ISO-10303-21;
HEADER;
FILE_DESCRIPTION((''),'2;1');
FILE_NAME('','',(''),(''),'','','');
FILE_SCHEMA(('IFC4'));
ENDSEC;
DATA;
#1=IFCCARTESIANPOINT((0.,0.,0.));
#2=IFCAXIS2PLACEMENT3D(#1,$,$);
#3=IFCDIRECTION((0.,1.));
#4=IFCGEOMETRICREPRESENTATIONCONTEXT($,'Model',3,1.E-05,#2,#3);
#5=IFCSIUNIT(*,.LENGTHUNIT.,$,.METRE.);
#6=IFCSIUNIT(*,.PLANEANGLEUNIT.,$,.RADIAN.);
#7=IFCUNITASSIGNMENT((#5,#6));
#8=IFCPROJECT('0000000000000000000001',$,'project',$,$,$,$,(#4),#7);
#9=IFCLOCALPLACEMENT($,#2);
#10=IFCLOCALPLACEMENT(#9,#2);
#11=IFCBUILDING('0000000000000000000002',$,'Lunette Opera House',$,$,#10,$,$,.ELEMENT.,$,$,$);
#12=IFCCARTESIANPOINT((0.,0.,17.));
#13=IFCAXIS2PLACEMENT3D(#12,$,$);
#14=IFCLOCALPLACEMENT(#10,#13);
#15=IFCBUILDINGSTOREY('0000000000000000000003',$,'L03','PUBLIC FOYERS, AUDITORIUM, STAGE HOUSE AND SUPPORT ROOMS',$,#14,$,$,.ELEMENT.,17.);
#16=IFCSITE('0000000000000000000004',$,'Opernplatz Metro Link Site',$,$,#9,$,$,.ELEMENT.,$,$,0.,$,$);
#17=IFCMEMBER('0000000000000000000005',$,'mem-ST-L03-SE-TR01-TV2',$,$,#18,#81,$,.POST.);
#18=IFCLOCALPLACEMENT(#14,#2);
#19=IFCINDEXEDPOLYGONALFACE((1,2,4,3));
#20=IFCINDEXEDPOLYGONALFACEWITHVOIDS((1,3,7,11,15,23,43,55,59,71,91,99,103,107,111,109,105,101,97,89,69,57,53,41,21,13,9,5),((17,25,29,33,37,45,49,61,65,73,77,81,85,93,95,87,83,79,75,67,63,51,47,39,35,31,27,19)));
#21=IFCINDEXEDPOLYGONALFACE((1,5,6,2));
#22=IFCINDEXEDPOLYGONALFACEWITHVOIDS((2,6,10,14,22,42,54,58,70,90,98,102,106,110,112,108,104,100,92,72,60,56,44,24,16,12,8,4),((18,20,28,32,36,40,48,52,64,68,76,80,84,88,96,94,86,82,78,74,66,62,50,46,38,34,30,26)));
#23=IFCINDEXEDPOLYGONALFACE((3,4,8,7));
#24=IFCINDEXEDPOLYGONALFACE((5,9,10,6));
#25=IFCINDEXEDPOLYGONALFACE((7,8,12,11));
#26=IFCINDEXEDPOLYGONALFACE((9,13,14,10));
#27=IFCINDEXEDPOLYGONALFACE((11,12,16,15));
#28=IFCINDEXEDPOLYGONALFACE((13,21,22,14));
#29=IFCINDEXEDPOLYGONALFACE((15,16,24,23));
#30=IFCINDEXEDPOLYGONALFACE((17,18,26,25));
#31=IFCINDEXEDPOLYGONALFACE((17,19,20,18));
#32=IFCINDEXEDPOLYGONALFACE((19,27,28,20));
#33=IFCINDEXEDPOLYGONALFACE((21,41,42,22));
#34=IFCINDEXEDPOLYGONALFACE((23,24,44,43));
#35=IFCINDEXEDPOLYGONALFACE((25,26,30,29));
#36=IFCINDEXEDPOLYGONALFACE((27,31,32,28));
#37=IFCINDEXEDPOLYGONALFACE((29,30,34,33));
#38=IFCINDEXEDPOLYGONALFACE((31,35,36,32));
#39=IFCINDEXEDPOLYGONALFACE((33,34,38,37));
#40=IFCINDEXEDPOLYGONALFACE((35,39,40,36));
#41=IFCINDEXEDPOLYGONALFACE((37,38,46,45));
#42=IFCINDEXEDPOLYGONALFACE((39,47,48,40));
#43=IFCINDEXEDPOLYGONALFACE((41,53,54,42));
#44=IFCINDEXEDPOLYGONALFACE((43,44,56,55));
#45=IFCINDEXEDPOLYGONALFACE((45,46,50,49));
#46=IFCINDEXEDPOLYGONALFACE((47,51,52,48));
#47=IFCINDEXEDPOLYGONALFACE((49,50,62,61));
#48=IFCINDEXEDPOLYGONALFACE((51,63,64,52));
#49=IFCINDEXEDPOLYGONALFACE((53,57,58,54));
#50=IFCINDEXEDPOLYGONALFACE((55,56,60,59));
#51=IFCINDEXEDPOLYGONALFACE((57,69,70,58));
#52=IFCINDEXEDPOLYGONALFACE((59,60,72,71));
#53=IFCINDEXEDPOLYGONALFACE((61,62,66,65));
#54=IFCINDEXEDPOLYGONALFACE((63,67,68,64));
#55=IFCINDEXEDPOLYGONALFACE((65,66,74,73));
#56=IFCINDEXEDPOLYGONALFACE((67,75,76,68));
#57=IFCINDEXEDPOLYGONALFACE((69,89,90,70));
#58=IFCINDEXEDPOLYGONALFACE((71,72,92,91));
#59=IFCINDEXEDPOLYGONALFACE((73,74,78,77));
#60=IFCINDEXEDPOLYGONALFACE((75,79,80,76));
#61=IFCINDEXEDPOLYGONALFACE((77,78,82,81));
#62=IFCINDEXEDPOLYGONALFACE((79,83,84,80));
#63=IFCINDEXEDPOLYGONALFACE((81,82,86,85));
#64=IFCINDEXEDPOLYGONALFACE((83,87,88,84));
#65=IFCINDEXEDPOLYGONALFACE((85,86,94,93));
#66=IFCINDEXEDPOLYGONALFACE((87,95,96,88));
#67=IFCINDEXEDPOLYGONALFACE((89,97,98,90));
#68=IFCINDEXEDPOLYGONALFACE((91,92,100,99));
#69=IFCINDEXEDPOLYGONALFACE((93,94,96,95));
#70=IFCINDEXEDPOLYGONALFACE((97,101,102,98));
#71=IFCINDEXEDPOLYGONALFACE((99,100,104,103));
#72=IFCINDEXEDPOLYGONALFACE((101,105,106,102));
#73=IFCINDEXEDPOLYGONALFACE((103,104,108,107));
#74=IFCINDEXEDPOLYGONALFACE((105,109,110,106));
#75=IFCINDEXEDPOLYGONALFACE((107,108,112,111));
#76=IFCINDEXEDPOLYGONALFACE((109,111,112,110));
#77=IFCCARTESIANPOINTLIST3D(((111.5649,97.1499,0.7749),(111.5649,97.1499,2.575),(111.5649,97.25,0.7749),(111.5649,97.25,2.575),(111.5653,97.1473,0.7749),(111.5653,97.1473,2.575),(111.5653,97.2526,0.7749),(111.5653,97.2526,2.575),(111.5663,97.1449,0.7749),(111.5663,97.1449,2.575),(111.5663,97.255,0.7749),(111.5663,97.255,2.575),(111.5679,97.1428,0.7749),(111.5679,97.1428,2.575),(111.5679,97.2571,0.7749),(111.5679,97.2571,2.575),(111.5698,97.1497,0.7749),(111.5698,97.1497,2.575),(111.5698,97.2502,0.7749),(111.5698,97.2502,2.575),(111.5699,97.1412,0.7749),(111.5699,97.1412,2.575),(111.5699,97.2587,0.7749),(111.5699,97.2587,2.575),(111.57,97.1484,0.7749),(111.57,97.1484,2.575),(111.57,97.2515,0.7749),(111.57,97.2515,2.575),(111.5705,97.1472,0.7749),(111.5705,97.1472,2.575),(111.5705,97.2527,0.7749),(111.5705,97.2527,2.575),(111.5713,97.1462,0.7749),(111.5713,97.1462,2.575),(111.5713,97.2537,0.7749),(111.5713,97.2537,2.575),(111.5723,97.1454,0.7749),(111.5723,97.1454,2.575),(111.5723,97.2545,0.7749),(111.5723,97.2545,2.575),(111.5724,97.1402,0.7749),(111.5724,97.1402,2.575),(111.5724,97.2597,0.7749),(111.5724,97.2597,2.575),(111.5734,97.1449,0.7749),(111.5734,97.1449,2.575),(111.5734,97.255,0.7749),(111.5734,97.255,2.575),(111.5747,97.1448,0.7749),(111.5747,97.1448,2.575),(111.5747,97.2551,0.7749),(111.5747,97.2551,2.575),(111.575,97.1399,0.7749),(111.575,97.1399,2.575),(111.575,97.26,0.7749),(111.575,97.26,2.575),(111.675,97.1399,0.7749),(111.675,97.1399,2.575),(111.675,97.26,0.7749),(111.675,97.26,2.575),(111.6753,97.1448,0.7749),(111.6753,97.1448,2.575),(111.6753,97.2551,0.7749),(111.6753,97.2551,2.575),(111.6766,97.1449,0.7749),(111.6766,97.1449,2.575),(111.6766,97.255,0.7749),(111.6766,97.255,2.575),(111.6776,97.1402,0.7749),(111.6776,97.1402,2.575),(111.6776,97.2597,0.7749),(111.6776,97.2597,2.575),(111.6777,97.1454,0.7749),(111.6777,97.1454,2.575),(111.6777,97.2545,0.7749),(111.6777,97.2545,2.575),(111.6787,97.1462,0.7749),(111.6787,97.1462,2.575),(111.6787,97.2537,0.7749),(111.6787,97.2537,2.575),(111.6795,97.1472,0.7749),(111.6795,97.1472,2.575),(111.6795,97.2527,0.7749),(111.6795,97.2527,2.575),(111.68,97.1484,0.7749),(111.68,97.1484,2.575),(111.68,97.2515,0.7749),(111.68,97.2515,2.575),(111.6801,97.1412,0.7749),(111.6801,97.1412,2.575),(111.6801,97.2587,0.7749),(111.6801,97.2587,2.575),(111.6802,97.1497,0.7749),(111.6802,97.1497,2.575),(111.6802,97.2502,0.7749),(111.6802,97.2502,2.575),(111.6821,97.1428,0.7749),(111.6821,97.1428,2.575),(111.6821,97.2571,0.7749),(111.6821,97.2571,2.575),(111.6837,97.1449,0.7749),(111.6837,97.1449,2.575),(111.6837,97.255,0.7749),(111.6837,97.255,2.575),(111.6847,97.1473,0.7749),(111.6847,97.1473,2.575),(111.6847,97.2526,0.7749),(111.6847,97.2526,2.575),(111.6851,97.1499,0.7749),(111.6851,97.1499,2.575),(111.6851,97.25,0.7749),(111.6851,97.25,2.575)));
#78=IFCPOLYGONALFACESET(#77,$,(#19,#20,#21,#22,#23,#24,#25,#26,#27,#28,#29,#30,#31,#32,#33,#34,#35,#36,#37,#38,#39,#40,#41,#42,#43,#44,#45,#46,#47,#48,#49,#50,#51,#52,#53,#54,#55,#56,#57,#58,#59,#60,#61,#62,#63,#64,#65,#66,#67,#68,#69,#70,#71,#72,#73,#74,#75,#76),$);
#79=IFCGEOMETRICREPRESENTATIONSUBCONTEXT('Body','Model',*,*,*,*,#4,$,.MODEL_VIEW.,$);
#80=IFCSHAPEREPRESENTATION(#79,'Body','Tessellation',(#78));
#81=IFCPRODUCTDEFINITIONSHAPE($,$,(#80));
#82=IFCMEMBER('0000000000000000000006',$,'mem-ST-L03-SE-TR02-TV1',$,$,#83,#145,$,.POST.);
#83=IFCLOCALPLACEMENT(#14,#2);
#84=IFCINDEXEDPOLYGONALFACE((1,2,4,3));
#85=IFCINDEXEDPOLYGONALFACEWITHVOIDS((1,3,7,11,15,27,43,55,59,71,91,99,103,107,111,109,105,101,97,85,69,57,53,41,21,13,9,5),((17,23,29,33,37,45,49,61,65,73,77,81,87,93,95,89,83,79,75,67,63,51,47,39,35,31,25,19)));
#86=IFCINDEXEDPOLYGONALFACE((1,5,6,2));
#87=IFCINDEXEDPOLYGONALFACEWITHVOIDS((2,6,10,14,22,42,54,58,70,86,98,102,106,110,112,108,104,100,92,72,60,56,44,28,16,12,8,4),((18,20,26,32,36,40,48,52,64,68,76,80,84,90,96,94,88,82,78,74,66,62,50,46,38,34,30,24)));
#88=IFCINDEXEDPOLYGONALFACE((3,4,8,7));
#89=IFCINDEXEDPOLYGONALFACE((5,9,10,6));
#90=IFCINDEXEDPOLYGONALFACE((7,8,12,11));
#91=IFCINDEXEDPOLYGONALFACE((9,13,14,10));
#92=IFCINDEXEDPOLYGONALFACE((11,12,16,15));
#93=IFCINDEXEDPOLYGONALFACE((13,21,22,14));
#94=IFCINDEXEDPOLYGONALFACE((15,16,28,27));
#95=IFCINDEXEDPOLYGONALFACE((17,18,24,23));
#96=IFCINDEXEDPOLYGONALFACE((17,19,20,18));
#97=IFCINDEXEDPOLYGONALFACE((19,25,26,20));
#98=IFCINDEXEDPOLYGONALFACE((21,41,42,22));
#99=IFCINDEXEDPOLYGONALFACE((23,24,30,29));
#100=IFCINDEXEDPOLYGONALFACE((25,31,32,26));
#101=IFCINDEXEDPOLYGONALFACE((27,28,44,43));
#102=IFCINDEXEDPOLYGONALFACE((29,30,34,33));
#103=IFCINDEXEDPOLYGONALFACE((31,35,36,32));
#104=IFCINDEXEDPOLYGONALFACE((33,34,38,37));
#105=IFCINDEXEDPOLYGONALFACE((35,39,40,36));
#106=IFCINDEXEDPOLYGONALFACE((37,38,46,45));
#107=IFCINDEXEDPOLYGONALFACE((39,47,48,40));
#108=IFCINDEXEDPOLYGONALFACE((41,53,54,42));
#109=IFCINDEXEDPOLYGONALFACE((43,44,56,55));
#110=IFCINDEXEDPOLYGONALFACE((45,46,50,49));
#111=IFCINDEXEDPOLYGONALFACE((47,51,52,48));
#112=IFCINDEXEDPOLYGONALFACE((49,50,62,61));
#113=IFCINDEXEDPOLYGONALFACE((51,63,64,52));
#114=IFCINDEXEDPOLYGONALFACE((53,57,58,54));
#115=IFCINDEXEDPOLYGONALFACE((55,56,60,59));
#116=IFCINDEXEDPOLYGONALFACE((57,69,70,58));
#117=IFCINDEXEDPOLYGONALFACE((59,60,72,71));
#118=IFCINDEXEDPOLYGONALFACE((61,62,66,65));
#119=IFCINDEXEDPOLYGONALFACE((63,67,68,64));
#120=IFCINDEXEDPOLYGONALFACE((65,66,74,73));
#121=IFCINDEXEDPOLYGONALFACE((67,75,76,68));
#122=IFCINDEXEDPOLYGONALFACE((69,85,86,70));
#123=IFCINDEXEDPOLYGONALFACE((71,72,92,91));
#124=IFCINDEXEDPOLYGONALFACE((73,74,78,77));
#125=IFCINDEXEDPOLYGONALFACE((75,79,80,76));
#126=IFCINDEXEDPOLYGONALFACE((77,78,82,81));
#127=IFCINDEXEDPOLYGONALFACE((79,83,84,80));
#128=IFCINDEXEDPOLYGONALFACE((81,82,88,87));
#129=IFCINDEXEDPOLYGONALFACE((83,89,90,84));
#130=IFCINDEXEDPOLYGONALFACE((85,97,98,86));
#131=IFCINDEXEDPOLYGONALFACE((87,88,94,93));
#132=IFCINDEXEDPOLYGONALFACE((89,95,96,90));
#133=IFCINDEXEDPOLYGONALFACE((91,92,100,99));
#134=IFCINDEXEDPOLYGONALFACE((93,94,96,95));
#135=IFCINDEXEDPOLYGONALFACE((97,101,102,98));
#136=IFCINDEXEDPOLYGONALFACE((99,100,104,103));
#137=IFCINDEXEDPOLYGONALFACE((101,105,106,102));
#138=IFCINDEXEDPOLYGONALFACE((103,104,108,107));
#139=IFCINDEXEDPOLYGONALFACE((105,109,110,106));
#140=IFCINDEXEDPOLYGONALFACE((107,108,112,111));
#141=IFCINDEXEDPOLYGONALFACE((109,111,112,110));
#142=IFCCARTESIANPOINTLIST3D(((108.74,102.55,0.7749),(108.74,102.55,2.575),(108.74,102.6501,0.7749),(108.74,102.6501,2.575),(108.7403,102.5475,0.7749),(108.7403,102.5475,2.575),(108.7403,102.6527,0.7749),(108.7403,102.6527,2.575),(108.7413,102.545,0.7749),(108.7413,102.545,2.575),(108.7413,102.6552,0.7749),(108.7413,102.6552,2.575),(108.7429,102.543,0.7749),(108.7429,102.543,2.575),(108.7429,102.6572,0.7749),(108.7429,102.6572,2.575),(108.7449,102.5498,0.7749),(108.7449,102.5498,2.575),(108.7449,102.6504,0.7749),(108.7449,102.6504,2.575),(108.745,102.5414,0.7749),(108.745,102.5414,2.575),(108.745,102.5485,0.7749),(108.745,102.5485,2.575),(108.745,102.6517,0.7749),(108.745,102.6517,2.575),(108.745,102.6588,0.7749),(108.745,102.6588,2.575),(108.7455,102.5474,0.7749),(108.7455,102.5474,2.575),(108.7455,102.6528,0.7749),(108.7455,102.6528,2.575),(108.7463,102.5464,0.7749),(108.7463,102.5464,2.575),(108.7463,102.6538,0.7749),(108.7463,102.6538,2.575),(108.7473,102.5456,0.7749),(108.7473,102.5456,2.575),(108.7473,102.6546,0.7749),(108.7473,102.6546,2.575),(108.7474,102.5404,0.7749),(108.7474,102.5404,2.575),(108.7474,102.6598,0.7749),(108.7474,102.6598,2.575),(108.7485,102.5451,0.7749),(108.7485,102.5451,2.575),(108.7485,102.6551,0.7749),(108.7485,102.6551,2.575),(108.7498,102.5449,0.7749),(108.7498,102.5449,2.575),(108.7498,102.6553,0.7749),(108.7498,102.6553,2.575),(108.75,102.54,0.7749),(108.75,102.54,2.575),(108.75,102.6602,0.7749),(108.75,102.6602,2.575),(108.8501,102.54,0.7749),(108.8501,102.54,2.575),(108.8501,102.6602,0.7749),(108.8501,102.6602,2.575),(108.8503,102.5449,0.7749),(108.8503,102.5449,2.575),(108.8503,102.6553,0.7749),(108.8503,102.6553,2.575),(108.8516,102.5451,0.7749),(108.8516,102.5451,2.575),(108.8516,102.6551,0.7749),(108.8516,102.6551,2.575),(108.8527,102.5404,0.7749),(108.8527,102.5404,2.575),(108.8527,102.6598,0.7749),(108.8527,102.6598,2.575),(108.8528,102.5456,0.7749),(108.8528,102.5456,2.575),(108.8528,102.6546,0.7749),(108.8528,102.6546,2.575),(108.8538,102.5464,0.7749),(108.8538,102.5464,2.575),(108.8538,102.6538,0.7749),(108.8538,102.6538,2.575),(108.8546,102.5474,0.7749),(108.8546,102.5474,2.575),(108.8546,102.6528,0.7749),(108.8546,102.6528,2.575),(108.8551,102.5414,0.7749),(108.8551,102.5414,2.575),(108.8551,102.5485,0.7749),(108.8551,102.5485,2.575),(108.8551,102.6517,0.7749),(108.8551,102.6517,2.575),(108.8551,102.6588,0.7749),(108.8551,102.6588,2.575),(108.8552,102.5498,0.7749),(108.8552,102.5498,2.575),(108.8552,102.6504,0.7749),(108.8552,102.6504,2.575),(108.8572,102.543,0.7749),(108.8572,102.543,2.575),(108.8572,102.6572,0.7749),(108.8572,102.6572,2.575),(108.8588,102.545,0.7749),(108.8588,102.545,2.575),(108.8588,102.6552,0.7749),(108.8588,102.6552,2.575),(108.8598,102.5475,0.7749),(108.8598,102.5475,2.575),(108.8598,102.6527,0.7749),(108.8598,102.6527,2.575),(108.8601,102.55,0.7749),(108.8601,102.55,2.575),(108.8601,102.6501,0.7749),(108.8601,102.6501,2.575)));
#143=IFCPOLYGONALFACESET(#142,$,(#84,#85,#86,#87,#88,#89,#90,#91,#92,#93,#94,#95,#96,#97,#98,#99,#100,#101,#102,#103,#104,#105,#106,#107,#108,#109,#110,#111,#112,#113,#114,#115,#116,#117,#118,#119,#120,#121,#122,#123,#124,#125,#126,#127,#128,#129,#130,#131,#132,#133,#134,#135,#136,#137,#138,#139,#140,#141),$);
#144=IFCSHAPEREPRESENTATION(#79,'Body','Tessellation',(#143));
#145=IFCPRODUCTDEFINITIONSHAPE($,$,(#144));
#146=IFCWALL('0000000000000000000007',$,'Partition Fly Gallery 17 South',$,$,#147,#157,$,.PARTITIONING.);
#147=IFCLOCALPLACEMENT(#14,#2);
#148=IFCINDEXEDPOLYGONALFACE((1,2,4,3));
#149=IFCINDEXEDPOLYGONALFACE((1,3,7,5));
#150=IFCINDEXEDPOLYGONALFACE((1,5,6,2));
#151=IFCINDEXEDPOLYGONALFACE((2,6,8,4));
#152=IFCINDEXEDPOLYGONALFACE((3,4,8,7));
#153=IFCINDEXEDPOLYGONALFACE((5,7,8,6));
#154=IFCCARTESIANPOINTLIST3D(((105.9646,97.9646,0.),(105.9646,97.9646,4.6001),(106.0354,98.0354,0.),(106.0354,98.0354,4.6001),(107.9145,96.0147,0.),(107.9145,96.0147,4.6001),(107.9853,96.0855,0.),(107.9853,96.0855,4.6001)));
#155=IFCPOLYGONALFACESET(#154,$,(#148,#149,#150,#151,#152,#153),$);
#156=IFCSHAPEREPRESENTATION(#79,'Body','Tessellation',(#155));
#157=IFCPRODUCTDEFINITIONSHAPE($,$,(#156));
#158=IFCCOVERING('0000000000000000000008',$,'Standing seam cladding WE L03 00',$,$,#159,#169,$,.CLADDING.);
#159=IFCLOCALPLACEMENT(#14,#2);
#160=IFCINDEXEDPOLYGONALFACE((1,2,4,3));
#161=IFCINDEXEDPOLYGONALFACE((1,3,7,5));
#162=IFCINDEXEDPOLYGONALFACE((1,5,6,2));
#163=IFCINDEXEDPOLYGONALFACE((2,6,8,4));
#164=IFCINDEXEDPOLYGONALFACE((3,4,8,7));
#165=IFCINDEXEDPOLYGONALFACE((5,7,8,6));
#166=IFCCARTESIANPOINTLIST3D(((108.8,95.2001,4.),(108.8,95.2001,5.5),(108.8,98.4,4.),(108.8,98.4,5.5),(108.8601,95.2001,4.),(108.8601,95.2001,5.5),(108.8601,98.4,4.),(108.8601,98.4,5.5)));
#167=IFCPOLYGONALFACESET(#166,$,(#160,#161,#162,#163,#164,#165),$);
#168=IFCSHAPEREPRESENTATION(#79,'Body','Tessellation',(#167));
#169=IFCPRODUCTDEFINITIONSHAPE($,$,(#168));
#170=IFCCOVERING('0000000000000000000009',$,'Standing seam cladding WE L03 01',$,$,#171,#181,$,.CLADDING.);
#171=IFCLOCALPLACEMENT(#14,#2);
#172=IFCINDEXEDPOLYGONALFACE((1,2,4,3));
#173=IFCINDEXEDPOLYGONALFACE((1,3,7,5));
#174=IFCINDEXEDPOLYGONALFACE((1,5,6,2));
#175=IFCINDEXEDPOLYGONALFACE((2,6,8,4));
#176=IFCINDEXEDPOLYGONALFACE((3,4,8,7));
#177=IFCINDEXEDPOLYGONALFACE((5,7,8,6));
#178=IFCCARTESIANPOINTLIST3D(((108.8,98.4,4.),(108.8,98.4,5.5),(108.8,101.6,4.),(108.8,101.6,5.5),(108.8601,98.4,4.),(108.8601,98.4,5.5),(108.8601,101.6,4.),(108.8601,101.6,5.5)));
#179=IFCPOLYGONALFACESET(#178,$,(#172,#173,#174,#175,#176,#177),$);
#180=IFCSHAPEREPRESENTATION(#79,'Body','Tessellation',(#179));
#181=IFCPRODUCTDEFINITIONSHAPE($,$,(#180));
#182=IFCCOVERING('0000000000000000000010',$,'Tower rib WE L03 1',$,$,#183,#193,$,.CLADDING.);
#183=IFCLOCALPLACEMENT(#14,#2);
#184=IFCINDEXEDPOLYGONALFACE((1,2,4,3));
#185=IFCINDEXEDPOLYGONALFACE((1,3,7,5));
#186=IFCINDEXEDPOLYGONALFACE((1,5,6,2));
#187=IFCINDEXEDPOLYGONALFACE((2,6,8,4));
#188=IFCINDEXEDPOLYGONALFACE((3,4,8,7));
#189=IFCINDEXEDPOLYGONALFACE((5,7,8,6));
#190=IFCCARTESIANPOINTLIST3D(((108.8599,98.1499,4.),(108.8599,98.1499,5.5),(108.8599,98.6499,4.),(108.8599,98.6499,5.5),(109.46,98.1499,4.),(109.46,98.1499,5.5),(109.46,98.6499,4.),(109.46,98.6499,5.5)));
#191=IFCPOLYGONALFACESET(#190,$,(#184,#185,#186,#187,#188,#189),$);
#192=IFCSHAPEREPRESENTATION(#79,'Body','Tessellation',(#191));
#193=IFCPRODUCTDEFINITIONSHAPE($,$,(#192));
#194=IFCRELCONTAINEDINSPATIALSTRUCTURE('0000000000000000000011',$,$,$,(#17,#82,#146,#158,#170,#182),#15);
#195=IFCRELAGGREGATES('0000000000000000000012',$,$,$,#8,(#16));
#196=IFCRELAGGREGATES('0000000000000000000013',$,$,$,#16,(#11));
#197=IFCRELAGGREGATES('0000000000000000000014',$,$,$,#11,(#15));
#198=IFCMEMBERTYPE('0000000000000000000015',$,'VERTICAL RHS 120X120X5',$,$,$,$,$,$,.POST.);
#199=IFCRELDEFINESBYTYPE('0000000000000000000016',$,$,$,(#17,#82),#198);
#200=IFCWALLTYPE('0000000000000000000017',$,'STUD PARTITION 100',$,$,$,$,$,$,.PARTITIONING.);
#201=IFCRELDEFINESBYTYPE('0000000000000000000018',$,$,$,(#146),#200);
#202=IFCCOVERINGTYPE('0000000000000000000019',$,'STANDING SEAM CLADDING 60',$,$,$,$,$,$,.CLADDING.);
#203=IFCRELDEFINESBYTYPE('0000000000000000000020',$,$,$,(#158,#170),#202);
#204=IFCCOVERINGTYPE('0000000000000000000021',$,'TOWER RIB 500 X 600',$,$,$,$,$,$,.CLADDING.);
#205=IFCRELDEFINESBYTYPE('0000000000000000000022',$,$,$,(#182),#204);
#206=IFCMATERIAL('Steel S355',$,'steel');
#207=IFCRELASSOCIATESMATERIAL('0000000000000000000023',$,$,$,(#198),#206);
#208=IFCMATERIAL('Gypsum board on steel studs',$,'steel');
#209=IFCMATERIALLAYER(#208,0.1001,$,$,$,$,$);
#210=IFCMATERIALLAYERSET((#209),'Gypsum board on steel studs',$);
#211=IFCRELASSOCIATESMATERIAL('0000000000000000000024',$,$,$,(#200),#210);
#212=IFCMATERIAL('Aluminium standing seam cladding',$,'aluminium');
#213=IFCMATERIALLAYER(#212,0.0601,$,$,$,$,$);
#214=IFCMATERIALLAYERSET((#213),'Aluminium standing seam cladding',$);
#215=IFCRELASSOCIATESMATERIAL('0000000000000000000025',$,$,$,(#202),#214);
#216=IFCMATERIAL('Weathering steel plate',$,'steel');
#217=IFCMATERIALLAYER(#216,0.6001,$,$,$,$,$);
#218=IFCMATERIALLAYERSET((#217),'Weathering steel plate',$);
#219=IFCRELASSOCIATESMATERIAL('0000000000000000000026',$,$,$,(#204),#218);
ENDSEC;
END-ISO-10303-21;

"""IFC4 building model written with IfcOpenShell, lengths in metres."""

from ifc_helpers import new_model, si_unit, direction, frame, frame_2d, origin, origin_2d, place, context, subcontext, project, spatial, rectangle, hollow_rectangle, extrude, material, layer, layer_set, material_profile, profile_set, type_object, element, save


model = new_model("IFC4")

# Units and contexts
model_context = context("Model", 3, precision=1e-05, world=origin(), true_north=direction((0.0, 1.0)))
body_context = subcontext(model_context, "Body", "Model", "MODEL_VIEW")
ifc_project = project(units=[si_unit("LENGTHUNIT", "METRE"), si_unit("PLANEANGLEUNIT", "RADIAN")], contexts=[model_context])

# Site, building, storey
site_placement = place(None, origin())
site = spatial("IfcSite", under=ifc_project, at=site_placement, Name="Opernplatz Metro Link Site", CompositionType="ELEMENT", RefElevation=0.0)
building_placement = place(site_placement, origin())
building = spatial("IfcBuilding", under=site, at=building_placement, Name="Lunette Opera House", CompositionType="ELEMENT")
storey_placement = place(building_placement, frame((0.0, 0.0, 17.0)))
storey = spatial("IfcBuildingStorey", under=building, at=storey_placement, Name="L03", Description="PUBLIC FOYERS, AUDITORIUM, STAGE HOUSE AND SUPPORT ROOMS", CompositionType="ELEMENT", Elevation=17.0)

# Members
ifc_material_1 = material(Name="Steel S355", Category="steel")
ifc_material_profile_1 = material_profile(ifc_material_1, hollow_rectangle(XDim=0.1201, YDim=0.1201, WallThickness=0.0049, InnerFilletRadius=0.0049, OuterFilletRadius=0.01, at=origin_2d()), Name="RHS 120X120X5")
ifc_profile_set_1 = profile_set([ifc_material_profile_1], Name="Steel S355")
member_type_1 = type_object("IfcMemberType", Name="VERTICAL RHS 120X120X5", PredefinedType="POST", material=ifc_profile_set_1)
for number, where, z_axis, x_axis, name in (
    (1, (111.625, 97.2, 0.7749), (0.0, 0.0, 1.0), (1.0, 0.0, 0.0), "mem-ST-L03-SE-TR01-TV2"),
    (2, (108.8, 102.6001, 0.7749), (0.0, 0.0, 1.0), (1.0, 0.0, 0.0), "mem-ST-L03-SE-TR02-TV1"),
):
    element("IfcMember", number, at=place(storey_placement, frame(where, z_axis=z_axis, x_axis=x_axis)), inside=storey, type_object=member_type_1, Name=name, PredefinedType="POST", context=body_context, shape_type="SweptSolid", body=[
        extrude(hollow_rectangle(XDim=0.1201, YDim=0.1201, WallThickness=0.0049, InnerFilletRadius=0.0049, OuterFilletRadius=0.01, at=origin_2d()), origin(), (0.0, 0.0, 1.0), 1.8),
    ])

# Wall
ifc_material_2 = material(Name="Gypsum board on steel studs", Category="steel")
ifc_layer_1 = layer(ifc_material_2, 0.1001)
ifc_layer_set_1 = layer_set([ifc_layer_1], Name="Gypsum board on steel studs")
wall_type = type_object("IfcWallType", Name="STUD PARTITION 100", PredefinedType="PARTITIONING", material=ifc_layer_set_1)
wall_placement = place(storey_placement, frame((107.95, 96.05, 0.0), z_axis=(0.0, 0.0, 1.0), x_axis=(-0.707107, 0.707107, 0.0)))
element("IfcWall", 3, at=wall_placement, inside=storey, type_object=wall_type, Name="Partition Fly Gallery 17 South", PredefinedType="PARTITIONING", context=body_context, shape_type="SweptSolid", body=[
    extrude(rectangle(XDim=2.7576, YDim=0.1001, at=frame_2d((1.3789, 0.0))), origin(), (0.0, 0.0, 1.0), 4.6001),
])

# Coverings
ifc_material_3 = material(Name="Aluminium standing seam cladding", Category="aluminium")
ifc_layer_2 = layer(ifc_material_3, 0.0601)
ifc_layer_set_2 = layer_set([ifc_layer_2], Name="Aluminium standing seam cladding")
covering_type_1 = type_object("IfcCoveringType", Name="STANDING SEAM CLADDING 60", PredefinedType="CLADDING", material=ifc_layer_set_2)
for number, where, z_axis, x_axis, name in (
    (4, (108.8301, 96.8, 4.0), (0.0, 0.0, 1.0), (0.0, 1.0, 0.0), "Standing seam cladding WE L03 00"),
    (5, (108.8301, 100.0, 4.0), (0.0, 0.0, 1.0), (0.0, 1.0, 0.0), "Standing seam cladding WE L03 01"),
):
    element("IfcCovering", number, at=place(storey_placement, frame(where, z_axis=z_axis, x_axis=x_axis)), inside=storey, type_object=covering_type_1, Name=name, PredefinedType="CLADDING", context=body_context, shape_type="SweptSolid", body=[
        extrude(rectangle(XDim=3.2, YDim=0.0601, at=origin_2d()), origin(), (0.0, 0.0, 1.0), 1.5),
    ])
ifc_material_4 = material(Name="Weathering steel plate", Category="steel")
ifc_layer_3 = layer(ifc_material_4, 0.6001)
ifc_layer_set_3 = layer_set([ifc_layer_3], Name="Weathering steel plate")
covering_type_2 = type_object("IfcCoveringType", Name="TOWER RIB 500 X 600", PredefinedType="CLADDING", material=ifc_layer_set_3)
for number, where, z_axis, x_axis, name in (
    (6, (109.1599, 98.3999, 4.0), (0.0, 0.0, 1.0), (0.0, 1.0, 0.0), "Tower rib WE L03 1"),
):
    element("IfcCovering", number, at=place(storey_placement, frame(where, z_axis=z_axis, x_axis=x_axis)), inside=storey, type_object=covering_type_2, Name=name, PredefinedType="CLADDING", context=body_context, shape_type="SweptSolid", body=[
        extrude(rectangle(XDim=0.5, YDim=0.6001, at=origin_2d()), origin(), (0.0, 0.0, 1.0), 1.5),
    ])

save(model, "model.ifc")
